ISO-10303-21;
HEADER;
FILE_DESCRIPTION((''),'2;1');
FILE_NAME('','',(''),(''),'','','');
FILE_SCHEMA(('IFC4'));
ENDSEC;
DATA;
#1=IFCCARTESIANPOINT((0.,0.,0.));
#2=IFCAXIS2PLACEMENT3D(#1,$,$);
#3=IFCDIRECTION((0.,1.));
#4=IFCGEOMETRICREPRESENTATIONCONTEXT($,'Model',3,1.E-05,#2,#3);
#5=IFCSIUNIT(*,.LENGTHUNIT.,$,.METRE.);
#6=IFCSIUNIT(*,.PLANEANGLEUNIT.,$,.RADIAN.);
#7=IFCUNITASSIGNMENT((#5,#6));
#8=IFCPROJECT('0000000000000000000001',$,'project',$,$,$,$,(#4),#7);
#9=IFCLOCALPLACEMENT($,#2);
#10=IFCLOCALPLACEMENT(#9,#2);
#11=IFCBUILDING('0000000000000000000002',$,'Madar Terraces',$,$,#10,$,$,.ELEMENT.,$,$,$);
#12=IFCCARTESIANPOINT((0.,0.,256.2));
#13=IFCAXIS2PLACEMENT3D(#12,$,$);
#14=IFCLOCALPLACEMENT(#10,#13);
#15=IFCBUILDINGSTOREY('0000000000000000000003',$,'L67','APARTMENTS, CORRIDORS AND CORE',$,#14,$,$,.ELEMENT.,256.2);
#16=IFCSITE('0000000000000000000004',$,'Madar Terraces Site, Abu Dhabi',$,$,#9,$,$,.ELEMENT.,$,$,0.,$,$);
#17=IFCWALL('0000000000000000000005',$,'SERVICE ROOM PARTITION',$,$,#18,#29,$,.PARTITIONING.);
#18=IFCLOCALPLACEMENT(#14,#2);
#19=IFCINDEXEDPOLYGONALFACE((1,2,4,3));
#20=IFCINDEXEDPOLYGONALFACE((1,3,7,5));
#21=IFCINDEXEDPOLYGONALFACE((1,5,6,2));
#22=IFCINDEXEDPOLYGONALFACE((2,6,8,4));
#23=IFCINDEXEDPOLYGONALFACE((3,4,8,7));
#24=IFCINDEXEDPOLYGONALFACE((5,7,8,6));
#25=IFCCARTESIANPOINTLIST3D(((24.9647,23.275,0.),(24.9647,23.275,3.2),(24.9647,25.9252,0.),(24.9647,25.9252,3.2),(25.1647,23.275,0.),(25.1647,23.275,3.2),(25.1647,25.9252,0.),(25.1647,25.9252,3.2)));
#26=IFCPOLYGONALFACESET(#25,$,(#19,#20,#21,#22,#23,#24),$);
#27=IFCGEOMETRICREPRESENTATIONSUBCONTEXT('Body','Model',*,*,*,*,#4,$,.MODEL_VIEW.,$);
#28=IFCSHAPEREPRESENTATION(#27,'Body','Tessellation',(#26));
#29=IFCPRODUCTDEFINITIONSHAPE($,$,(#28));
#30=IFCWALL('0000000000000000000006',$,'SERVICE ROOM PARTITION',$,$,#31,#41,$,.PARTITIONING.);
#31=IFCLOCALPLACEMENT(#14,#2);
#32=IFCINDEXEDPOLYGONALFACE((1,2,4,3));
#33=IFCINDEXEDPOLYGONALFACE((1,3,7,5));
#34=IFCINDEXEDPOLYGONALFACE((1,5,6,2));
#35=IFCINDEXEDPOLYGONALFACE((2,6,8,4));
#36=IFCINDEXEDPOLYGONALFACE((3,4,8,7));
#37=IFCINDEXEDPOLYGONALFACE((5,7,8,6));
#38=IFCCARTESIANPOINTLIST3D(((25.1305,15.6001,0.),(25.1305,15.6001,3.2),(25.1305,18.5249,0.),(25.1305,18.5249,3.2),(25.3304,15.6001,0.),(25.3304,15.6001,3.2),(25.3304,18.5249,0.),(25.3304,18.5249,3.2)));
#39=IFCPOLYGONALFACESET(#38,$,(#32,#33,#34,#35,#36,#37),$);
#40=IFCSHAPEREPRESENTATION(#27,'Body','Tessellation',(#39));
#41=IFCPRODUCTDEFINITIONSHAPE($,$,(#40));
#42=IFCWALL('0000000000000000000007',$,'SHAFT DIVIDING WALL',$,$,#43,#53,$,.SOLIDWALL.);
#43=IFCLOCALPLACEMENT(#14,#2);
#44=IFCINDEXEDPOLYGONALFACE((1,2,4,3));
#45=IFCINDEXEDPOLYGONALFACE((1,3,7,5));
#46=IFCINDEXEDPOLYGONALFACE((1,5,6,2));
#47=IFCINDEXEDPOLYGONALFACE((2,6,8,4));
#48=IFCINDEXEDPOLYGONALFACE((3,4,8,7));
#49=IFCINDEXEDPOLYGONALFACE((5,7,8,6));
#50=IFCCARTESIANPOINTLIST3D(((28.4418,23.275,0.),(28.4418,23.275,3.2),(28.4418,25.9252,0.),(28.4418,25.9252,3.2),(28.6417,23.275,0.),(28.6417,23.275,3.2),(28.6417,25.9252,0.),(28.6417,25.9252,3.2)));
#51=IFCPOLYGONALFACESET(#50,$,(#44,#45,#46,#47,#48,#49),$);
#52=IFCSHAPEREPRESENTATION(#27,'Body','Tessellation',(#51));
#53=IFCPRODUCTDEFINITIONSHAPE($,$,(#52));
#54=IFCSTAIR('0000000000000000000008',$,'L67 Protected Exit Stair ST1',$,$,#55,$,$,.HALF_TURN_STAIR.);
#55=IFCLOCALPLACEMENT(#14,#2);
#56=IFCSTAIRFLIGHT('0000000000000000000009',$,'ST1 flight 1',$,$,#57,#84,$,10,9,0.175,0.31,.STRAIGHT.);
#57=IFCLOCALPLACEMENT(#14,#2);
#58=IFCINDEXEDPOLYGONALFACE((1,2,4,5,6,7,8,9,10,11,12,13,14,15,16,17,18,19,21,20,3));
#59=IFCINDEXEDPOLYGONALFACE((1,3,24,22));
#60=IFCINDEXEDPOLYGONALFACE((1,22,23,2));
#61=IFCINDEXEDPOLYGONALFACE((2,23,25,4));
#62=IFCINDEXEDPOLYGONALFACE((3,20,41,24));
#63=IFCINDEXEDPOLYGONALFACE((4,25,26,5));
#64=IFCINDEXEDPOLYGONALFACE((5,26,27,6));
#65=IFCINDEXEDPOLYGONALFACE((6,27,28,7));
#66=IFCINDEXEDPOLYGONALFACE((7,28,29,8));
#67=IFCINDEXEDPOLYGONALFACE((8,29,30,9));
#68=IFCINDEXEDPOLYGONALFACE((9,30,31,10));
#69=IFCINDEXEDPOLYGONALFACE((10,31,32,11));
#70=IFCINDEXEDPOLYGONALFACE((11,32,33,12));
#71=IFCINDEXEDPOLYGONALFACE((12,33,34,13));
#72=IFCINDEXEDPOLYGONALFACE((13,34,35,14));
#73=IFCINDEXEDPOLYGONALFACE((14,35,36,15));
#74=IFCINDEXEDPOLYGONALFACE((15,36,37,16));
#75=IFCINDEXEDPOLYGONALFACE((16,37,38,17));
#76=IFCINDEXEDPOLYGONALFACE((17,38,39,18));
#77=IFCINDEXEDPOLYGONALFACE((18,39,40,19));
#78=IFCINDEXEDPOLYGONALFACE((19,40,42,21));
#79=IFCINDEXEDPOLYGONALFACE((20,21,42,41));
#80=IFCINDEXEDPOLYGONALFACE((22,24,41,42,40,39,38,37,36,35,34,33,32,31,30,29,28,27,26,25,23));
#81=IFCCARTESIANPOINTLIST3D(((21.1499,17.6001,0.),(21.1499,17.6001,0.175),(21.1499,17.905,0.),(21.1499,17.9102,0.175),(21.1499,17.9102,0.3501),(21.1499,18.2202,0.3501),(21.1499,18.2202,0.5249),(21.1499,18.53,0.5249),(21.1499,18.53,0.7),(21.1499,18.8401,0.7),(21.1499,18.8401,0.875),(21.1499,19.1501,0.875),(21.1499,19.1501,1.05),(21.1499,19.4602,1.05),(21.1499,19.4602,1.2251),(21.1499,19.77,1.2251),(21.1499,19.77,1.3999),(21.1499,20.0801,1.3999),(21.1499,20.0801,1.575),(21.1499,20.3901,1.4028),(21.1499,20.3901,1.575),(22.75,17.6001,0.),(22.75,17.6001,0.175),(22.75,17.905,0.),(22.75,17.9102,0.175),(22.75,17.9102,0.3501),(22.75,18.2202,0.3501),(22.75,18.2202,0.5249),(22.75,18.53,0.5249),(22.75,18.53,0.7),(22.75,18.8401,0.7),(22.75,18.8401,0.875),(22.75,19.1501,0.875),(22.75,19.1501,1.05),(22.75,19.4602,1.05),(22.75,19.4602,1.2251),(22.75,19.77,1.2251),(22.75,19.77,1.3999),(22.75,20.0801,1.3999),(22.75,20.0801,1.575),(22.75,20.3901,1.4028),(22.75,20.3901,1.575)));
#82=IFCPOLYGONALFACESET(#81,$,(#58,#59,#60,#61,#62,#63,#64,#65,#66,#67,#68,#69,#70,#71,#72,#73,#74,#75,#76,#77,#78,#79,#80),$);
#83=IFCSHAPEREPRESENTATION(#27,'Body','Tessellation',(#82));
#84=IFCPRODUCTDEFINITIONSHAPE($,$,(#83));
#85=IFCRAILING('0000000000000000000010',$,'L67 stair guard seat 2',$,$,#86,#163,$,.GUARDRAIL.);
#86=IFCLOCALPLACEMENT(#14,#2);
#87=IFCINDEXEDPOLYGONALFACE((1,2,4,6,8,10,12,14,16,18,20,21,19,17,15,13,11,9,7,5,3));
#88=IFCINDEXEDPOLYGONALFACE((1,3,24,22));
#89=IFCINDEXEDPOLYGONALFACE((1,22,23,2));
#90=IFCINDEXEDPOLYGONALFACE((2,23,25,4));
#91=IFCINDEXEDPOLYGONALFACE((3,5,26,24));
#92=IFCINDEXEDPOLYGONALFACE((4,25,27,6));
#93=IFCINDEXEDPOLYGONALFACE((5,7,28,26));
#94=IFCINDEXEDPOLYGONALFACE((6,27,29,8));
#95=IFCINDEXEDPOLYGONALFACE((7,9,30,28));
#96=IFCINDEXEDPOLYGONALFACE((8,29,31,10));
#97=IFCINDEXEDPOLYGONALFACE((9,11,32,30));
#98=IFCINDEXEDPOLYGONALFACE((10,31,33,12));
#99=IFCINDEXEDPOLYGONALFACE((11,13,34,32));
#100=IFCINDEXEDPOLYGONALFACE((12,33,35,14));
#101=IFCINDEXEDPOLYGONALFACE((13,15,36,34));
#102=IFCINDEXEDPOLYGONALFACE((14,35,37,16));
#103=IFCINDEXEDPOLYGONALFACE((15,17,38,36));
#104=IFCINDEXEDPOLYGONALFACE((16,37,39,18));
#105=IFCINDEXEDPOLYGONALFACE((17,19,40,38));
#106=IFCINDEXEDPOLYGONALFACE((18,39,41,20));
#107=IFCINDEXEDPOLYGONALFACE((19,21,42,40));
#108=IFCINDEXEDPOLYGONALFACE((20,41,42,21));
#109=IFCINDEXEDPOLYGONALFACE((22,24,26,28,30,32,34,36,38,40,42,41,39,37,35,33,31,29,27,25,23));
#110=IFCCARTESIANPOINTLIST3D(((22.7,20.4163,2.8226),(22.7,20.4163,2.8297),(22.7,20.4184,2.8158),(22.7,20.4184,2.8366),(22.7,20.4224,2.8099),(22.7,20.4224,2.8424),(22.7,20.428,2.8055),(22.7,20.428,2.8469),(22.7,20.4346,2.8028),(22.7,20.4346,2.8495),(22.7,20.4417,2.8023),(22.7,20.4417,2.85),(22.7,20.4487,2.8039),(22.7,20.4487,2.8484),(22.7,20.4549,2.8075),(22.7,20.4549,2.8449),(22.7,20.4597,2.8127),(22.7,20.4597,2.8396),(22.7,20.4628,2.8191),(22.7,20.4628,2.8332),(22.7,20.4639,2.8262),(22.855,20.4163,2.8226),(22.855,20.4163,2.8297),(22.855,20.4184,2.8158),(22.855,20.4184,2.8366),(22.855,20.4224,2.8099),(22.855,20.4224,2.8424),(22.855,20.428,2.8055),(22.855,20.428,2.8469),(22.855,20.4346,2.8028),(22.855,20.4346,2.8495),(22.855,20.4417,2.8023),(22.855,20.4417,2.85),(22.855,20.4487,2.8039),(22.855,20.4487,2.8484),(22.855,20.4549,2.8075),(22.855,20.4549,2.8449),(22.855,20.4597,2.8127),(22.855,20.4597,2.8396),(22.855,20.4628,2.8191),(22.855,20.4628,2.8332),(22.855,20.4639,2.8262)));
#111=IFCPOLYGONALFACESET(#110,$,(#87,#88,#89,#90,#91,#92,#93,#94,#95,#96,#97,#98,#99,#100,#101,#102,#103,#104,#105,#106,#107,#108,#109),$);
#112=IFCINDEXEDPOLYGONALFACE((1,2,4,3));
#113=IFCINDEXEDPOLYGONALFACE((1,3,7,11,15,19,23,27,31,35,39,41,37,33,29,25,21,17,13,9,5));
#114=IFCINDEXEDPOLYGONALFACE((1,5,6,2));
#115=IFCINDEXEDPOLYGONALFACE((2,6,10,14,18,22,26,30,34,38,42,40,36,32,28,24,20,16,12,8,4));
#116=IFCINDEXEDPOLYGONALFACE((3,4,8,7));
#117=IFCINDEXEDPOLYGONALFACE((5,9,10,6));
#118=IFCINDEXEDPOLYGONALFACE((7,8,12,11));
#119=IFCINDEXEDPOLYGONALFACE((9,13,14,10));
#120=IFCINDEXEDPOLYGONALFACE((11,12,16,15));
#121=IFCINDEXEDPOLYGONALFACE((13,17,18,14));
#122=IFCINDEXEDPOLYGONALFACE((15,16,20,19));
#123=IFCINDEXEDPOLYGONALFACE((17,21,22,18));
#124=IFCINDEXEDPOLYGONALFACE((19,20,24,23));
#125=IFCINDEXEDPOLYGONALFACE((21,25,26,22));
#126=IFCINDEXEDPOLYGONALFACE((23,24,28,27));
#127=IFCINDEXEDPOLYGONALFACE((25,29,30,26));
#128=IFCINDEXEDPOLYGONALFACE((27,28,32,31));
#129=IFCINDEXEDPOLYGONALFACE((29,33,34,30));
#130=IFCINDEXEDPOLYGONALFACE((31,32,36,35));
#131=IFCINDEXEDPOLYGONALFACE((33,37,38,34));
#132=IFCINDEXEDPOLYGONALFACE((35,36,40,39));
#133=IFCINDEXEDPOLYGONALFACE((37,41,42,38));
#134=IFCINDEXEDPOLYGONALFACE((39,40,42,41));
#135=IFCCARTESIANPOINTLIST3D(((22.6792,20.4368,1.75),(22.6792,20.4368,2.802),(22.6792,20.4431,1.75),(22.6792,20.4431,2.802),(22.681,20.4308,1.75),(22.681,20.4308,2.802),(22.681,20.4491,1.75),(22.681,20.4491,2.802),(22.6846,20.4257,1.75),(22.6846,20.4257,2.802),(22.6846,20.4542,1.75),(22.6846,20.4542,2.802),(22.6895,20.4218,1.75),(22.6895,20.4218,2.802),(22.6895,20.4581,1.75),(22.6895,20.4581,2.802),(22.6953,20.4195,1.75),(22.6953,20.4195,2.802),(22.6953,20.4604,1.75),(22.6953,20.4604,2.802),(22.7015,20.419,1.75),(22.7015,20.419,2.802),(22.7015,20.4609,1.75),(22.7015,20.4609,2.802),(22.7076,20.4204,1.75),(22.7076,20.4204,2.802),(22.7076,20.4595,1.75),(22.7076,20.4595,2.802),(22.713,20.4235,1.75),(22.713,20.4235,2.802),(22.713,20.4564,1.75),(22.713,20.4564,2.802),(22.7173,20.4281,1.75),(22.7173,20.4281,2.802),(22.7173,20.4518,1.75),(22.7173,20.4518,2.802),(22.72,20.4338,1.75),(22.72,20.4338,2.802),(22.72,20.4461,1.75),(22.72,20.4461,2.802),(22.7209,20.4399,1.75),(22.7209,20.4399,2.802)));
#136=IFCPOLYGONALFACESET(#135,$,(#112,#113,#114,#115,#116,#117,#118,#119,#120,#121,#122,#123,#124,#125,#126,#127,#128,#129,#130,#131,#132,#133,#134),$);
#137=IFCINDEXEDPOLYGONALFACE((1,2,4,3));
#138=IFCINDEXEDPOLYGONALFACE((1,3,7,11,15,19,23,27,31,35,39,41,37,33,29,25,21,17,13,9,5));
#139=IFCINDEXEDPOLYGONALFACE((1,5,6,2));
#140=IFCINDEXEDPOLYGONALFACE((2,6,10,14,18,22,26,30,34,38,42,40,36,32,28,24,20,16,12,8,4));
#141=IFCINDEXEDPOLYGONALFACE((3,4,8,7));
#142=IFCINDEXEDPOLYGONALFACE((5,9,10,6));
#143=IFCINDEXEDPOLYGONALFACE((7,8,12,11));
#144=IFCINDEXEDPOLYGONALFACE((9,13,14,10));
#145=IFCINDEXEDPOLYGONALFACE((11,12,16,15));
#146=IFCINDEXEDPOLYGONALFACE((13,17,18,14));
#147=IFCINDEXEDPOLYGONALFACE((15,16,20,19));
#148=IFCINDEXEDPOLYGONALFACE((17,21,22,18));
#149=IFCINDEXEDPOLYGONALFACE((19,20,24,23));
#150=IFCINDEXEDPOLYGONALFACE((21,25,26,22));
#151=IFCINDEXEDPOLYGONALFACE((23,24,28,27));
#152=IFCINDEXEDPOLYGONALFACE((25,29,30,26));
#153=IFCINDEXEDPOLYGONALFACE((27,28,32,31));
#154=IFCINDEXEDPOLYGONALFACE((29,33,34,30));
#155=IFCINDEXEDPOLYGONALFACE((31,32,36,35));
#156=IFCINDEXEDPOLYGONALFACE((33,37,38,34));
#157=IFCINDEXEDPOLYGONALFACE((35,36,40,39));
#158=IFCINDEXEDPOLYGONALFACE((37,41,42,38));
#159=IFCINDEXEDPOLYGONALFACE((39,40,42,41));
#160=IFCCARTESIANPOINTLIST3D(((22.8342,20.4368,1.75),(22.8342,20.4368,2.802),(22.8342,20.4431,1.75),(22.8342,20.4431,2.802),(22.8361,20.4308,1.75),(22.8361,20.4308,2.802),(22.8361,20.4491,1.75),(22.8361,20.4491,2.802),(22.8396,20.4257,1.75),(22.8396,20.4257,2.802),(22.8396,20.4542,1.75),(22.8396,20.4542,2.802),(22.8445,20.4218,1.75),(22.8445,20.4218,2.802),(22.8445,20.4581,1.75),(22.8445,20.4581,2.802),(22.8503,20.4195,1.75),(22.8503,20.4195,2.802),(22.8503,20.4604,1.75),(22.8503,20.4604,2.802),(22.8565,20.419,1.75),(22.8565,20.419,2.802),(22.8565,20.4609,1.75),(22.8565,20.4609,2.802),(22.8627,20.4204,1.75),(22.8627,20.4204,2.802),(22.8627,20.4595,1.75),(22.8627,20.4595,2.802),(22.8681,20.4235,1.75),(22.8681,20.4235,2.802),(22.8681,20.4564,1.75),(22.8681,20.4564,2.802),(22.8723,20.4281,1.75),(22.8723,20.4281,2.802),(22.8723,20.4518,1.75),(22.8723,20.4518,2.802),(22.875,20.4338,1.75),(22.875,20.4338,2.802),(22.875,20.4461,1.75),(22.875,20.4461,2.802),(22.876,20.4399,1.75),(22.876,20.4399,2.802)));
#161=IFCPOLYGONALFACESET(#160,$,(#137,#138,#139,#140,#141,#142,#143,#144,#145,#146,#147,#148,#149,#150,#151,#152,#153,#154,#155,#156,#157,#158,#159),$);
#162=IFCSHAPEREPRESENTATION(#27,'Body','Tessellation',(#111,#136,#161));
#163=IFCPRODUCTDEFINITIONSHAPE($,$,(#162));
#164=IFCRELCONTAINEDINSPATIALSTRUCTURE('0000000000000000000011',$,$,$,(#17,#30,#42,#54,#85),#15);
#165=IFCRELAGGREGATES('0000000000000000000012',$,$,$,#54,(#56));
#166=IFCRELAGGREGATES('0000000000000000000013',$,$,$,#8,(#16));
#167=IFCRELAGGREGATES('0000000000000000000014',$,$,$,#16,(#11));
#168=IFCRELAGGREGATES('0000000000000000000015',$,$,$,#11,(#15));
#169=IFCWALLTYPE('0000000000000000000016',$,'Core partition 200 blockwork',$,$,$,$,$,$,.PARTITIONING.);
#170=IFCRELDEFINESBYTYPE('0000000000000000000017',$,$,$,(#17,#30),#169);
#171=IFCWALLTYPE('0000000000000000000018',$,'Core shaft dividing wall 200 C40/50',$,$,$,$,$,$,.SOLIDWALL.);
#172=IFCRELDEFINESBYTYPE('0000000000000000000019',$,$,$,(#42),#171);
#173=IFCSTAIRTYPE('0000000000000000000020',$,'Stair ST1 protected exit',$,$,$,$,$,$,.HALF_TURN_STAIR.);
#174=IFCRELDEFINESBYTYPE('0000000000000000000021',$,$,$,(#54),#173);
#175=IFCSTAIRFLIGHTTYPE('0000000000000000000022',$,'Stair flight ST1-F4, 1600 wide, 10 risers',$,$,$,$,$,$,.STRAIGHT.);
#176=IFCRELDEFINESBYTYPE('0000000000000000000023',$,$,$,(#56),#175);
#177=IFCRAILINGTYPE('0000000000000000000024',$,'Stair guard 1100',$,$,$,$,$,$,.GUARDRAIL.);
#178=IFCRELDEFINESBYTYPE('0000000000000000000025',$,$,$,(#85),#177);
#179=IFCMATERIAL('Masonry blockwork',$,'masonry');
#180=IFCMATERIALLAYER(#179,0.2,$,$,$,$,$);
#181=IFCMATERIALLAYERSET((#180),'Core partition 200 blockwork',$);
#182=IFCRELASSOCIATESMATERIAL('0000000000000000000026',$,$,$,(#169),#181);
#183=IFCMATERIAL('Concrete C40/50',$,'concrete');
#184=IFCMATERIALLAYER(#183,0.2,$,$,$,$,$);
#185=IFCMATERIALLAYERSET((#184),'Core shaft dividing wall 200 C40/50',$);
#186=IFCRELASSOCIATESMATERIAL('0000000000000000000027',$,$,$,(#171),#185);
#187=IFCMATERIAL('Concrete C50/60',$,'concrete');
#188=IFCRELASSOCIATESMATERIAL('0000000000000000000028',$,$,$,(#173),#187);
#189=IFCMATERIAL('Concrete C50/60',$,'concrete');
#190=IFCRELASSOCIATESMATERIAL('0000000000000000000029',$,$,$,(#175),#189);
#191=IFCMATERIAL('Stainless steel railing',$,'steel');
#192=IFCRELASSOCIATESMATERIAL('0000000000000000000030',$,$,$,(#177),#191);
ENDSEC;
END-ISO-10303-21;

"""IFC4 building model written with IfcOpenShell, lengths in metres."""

from ifc_helpers import new_model, si_unit, direction, frame, frame_2d, origin, origin_2d, place, context, subcontext, project, spatial, polyline, rectangle, circle, outline, extrude, material, layer, layer_set, type_object, element, aggregate, save


model = new_model("IFC4")

# Units and contexts
model_context = context("Model", 3, precision=1e-05, world=origin(), true_north=direction((0.0, 1.0)))
body_context = subcontext(model_context, "Body", "Model", "MODEL_VIEW")
ifc_project = project(units=[si_unit("LENGTHUNIT", "METRE"), si_unit("PLANEANGLEUNIT", "RADIAN")], contexts=[model_context])

# Site, building, storey
site_placement = place(None, origin())
site = spatial("IfcSite", under=ifc_project, at=site_placement, Name="Madar Terraces Site, Abu Dhabi", CompositionType="ELEMENT", RefElevation=0.0)
building_placement = place(site_placement, origin())
building = spatial("IfcBuilding", under=site, at=building_placement, Name="Madar Terraces", CompositionType="ELEMENT")
storey_placement = place(building_placement, frame((0.0, 0.0, 256.2)))
storey = spatial("IfcBuildingStorey", under=building, at=storey_placement, Name="L67", Description="APARTMENTS, CORRIDORS AND CORE", CompositionType="ELEMENT", Elevation=256.2)

# Walls
ifc_material_1 = material(Name="Masonry blockwork", Category="masonry")
ifc_layer_1 = layer(ifc_material_1, 0.2)
ifc_layer_set_1 = layer_set([ifc_layer_1], Name="Core partition 200 blockwork")
wall_type_1 = type_object("IfcWallType", Name="Core partition 200 blockwork", PredefinedType="PARTITIONING", material=ifc_layer_set_1)
wall_1_placement = place(storey_placement, frame((25.0647, 23.2749, 0.0), z_axis=(0.0, 0.0, 1.0), x_axis=(0.0, 1.0, 0.0)))
element("IfcWall", 1, at=wall_1_placement, inside=storey, type_object=wall_type_1, Name="SERVICE ROOM PARTITION", PredefinedType="PARTITIONING", context=body_context, shape_type="SweptSolid", body=[
    extrude(rectangle(XDim=2.6501, YDim=0.2, at=frame_2d((1.3252, 0.0))), origin(), (0.0, 0.0, 1.0), 3.2),
])
wall_2_placement = place(storey_placement, frame((25.2305, 15.6001, 0.0), z_axis=(0.0, 0.0, 1.0), x_axis=(0.0, 1.0, 0.0)))
element("IfcWall", 2, at=wall_2_placement, inside=storey, type_object=wall_type_1, Name="SERVICE ROOM PARTITION", PredefinedType="PARTITIONING", context=body_context, shape_type="SweptSolid", body=[
    extrude(rectangle(XDim=2.9248, YDim=0.2, at=frame_2d((1.4624, 0.0))), origin(), (0.0, 0.0, 1.0), 3.2),
])
ifc_material_2 = material(Name="Concrete C40/50", Category="concrete")
ifc_layer_2 = layer(ifc_material_2, 0.2)
ifc_layer_set_2 = layer_set([ifc_layer_2], Name="Core shaft dividing wall 200 C40/50")
wall_type_2 = type_object("IfcWallType", Name="Core shaft dividing wall 200 C40/50", PredefinedType="SOLIDWALL", material=ifc_layer_set_2)
wall_3_placement = place(storey_placement, frame((28.5417, 23.2749, 0.0), z_axis=(0.0, 0.0, 1.0), x_axis=(0.0, 1.0, 0.0)))
element("IfcWall", 3, at=wall_3_placement, inside=storey, type_object=wall_type_2, Name="SHAFT DIVIDING WALL", PredefinedType="SOLIDWALL", context=body_context, shape_type="SweptSolid", body=[
    extrude(rectangle(XDim=2.6501, YDim=0.2, at=frame_2d((1.3252, 0.0))), origin(), (0.0, 0.0, 1.0), 3.2),
])

# Stair, stair flight
ifc_material_3 = material(Name="Concrete C50/60", Category="concrete")
stair_type = type_object("IfcStairType", Name="Stair ST1 protected exit", PredefinedType="HALF_TURN_STAIR", material=ifc_material_3)
stair_placement = place(storey_placement, origin())
stair = element("IfcStair", 4, at=stair_placement, inside=storey, type_object=stair_type, Name="L67 Protected Exit Stair ST1", PredefinedType="HALF_TURN_STAIR")
ifc_material_4 = material(Name="Concrete C50/60", Category="concrete")
stair_flight_type = type_object("IfcStairFlightType", Name="Stair flight ST1-F4, 1600 wide, 10 risers", PredefinedType="STRAIGHT", material=ifc_material_4)
stair_flight_placement = place(storey_placement, frame((21.95, 17.6001, 0.0), z_axis=(0.0, 0.0, 1.0), x_axis=(0.0, 1.0, 0.0)))
stair_flight = element("IfcStairFlight", 5, at=stair_flight_placement, type_object=stair_flight_type, Name="ST1 flight 1", NumberOfRisers=10, NumberOfTreads=9, PredefinedType="STRAIGHT", RiserHeight=0.175, TreadLength=0.31, context=body_context, shape_type="SweptSolid", body=[
    extrude(outline(polyline([(0.0, 0.0), (0.0, 0.175), (0.3101, 0.175), (0.3101, 0.3501), (0.6201, 0.3501), (0.6201, 0.5249), (0.9299, 0.5249), (0.9299, 0.7), (1.24, 0.7), (1.24, 0.875), (1.55, 0.875), (1.55, 1.05), (1.8601, 1.05), (1.8601, 1.2251), (2.1699, 1.2251), (2.1699, 1.3999), (2.48, 1.3999), (2.48, 1.575), (2.79, 1.575), (2.79, 1.75), (2.79, 1.4028), (0.3049, 0.0), (0.0, 0.0)])), frame((0.0, 0.8, 0.0), z_axis=(0.0, -1.0, 0.0), x_axis=(1.0, 0.0, 0.0)), (0.0, 0.0, 1.0), 1.6001),
])
aggregate(stair, [stair_flight])

# Railing
ifc_material_5 = material(Name="Stainless steel railing", Category="steel")
railing_type_1 = type_object("IfcRailingType", Name="Stair guard 1100", PredefinedType="GUARDRAIL", material=ifc_material_5)
for number, where, name in (
    (6, (22.7, 20.4399, 1.75), "L67 stair guard seat 2"),
):
    element("IfcRailing", number, at=place(storey_placement, frame(where)), inside=storey, type_object=railing_type_1, Name=name, PredefinedType="GUARDRAIL", context=body_context, shape_type="SweptSolid", body=[
        extrude(circle(Radius=0.0239, at=origin_2d()), frame((0.0, 0.0, 1.0762), z_axis=(1.0, 0.0, 0.0), x_axis=(0.0, 1.0, 0.0)), (0.0, 0.0, 1.0), 0.155),
        extrude(circle(Radius=0.021, at=origin_2d()), origin(), (0.0, 0.0, 1.0), 1.052),
        extrude(circle(Radius=0.021, at=origin_2d()), frame((0.155, 0.0, 0.0)), (0.0, 0.0, 1.0), 1.052),
    ])

save(model, "model.ifc")
